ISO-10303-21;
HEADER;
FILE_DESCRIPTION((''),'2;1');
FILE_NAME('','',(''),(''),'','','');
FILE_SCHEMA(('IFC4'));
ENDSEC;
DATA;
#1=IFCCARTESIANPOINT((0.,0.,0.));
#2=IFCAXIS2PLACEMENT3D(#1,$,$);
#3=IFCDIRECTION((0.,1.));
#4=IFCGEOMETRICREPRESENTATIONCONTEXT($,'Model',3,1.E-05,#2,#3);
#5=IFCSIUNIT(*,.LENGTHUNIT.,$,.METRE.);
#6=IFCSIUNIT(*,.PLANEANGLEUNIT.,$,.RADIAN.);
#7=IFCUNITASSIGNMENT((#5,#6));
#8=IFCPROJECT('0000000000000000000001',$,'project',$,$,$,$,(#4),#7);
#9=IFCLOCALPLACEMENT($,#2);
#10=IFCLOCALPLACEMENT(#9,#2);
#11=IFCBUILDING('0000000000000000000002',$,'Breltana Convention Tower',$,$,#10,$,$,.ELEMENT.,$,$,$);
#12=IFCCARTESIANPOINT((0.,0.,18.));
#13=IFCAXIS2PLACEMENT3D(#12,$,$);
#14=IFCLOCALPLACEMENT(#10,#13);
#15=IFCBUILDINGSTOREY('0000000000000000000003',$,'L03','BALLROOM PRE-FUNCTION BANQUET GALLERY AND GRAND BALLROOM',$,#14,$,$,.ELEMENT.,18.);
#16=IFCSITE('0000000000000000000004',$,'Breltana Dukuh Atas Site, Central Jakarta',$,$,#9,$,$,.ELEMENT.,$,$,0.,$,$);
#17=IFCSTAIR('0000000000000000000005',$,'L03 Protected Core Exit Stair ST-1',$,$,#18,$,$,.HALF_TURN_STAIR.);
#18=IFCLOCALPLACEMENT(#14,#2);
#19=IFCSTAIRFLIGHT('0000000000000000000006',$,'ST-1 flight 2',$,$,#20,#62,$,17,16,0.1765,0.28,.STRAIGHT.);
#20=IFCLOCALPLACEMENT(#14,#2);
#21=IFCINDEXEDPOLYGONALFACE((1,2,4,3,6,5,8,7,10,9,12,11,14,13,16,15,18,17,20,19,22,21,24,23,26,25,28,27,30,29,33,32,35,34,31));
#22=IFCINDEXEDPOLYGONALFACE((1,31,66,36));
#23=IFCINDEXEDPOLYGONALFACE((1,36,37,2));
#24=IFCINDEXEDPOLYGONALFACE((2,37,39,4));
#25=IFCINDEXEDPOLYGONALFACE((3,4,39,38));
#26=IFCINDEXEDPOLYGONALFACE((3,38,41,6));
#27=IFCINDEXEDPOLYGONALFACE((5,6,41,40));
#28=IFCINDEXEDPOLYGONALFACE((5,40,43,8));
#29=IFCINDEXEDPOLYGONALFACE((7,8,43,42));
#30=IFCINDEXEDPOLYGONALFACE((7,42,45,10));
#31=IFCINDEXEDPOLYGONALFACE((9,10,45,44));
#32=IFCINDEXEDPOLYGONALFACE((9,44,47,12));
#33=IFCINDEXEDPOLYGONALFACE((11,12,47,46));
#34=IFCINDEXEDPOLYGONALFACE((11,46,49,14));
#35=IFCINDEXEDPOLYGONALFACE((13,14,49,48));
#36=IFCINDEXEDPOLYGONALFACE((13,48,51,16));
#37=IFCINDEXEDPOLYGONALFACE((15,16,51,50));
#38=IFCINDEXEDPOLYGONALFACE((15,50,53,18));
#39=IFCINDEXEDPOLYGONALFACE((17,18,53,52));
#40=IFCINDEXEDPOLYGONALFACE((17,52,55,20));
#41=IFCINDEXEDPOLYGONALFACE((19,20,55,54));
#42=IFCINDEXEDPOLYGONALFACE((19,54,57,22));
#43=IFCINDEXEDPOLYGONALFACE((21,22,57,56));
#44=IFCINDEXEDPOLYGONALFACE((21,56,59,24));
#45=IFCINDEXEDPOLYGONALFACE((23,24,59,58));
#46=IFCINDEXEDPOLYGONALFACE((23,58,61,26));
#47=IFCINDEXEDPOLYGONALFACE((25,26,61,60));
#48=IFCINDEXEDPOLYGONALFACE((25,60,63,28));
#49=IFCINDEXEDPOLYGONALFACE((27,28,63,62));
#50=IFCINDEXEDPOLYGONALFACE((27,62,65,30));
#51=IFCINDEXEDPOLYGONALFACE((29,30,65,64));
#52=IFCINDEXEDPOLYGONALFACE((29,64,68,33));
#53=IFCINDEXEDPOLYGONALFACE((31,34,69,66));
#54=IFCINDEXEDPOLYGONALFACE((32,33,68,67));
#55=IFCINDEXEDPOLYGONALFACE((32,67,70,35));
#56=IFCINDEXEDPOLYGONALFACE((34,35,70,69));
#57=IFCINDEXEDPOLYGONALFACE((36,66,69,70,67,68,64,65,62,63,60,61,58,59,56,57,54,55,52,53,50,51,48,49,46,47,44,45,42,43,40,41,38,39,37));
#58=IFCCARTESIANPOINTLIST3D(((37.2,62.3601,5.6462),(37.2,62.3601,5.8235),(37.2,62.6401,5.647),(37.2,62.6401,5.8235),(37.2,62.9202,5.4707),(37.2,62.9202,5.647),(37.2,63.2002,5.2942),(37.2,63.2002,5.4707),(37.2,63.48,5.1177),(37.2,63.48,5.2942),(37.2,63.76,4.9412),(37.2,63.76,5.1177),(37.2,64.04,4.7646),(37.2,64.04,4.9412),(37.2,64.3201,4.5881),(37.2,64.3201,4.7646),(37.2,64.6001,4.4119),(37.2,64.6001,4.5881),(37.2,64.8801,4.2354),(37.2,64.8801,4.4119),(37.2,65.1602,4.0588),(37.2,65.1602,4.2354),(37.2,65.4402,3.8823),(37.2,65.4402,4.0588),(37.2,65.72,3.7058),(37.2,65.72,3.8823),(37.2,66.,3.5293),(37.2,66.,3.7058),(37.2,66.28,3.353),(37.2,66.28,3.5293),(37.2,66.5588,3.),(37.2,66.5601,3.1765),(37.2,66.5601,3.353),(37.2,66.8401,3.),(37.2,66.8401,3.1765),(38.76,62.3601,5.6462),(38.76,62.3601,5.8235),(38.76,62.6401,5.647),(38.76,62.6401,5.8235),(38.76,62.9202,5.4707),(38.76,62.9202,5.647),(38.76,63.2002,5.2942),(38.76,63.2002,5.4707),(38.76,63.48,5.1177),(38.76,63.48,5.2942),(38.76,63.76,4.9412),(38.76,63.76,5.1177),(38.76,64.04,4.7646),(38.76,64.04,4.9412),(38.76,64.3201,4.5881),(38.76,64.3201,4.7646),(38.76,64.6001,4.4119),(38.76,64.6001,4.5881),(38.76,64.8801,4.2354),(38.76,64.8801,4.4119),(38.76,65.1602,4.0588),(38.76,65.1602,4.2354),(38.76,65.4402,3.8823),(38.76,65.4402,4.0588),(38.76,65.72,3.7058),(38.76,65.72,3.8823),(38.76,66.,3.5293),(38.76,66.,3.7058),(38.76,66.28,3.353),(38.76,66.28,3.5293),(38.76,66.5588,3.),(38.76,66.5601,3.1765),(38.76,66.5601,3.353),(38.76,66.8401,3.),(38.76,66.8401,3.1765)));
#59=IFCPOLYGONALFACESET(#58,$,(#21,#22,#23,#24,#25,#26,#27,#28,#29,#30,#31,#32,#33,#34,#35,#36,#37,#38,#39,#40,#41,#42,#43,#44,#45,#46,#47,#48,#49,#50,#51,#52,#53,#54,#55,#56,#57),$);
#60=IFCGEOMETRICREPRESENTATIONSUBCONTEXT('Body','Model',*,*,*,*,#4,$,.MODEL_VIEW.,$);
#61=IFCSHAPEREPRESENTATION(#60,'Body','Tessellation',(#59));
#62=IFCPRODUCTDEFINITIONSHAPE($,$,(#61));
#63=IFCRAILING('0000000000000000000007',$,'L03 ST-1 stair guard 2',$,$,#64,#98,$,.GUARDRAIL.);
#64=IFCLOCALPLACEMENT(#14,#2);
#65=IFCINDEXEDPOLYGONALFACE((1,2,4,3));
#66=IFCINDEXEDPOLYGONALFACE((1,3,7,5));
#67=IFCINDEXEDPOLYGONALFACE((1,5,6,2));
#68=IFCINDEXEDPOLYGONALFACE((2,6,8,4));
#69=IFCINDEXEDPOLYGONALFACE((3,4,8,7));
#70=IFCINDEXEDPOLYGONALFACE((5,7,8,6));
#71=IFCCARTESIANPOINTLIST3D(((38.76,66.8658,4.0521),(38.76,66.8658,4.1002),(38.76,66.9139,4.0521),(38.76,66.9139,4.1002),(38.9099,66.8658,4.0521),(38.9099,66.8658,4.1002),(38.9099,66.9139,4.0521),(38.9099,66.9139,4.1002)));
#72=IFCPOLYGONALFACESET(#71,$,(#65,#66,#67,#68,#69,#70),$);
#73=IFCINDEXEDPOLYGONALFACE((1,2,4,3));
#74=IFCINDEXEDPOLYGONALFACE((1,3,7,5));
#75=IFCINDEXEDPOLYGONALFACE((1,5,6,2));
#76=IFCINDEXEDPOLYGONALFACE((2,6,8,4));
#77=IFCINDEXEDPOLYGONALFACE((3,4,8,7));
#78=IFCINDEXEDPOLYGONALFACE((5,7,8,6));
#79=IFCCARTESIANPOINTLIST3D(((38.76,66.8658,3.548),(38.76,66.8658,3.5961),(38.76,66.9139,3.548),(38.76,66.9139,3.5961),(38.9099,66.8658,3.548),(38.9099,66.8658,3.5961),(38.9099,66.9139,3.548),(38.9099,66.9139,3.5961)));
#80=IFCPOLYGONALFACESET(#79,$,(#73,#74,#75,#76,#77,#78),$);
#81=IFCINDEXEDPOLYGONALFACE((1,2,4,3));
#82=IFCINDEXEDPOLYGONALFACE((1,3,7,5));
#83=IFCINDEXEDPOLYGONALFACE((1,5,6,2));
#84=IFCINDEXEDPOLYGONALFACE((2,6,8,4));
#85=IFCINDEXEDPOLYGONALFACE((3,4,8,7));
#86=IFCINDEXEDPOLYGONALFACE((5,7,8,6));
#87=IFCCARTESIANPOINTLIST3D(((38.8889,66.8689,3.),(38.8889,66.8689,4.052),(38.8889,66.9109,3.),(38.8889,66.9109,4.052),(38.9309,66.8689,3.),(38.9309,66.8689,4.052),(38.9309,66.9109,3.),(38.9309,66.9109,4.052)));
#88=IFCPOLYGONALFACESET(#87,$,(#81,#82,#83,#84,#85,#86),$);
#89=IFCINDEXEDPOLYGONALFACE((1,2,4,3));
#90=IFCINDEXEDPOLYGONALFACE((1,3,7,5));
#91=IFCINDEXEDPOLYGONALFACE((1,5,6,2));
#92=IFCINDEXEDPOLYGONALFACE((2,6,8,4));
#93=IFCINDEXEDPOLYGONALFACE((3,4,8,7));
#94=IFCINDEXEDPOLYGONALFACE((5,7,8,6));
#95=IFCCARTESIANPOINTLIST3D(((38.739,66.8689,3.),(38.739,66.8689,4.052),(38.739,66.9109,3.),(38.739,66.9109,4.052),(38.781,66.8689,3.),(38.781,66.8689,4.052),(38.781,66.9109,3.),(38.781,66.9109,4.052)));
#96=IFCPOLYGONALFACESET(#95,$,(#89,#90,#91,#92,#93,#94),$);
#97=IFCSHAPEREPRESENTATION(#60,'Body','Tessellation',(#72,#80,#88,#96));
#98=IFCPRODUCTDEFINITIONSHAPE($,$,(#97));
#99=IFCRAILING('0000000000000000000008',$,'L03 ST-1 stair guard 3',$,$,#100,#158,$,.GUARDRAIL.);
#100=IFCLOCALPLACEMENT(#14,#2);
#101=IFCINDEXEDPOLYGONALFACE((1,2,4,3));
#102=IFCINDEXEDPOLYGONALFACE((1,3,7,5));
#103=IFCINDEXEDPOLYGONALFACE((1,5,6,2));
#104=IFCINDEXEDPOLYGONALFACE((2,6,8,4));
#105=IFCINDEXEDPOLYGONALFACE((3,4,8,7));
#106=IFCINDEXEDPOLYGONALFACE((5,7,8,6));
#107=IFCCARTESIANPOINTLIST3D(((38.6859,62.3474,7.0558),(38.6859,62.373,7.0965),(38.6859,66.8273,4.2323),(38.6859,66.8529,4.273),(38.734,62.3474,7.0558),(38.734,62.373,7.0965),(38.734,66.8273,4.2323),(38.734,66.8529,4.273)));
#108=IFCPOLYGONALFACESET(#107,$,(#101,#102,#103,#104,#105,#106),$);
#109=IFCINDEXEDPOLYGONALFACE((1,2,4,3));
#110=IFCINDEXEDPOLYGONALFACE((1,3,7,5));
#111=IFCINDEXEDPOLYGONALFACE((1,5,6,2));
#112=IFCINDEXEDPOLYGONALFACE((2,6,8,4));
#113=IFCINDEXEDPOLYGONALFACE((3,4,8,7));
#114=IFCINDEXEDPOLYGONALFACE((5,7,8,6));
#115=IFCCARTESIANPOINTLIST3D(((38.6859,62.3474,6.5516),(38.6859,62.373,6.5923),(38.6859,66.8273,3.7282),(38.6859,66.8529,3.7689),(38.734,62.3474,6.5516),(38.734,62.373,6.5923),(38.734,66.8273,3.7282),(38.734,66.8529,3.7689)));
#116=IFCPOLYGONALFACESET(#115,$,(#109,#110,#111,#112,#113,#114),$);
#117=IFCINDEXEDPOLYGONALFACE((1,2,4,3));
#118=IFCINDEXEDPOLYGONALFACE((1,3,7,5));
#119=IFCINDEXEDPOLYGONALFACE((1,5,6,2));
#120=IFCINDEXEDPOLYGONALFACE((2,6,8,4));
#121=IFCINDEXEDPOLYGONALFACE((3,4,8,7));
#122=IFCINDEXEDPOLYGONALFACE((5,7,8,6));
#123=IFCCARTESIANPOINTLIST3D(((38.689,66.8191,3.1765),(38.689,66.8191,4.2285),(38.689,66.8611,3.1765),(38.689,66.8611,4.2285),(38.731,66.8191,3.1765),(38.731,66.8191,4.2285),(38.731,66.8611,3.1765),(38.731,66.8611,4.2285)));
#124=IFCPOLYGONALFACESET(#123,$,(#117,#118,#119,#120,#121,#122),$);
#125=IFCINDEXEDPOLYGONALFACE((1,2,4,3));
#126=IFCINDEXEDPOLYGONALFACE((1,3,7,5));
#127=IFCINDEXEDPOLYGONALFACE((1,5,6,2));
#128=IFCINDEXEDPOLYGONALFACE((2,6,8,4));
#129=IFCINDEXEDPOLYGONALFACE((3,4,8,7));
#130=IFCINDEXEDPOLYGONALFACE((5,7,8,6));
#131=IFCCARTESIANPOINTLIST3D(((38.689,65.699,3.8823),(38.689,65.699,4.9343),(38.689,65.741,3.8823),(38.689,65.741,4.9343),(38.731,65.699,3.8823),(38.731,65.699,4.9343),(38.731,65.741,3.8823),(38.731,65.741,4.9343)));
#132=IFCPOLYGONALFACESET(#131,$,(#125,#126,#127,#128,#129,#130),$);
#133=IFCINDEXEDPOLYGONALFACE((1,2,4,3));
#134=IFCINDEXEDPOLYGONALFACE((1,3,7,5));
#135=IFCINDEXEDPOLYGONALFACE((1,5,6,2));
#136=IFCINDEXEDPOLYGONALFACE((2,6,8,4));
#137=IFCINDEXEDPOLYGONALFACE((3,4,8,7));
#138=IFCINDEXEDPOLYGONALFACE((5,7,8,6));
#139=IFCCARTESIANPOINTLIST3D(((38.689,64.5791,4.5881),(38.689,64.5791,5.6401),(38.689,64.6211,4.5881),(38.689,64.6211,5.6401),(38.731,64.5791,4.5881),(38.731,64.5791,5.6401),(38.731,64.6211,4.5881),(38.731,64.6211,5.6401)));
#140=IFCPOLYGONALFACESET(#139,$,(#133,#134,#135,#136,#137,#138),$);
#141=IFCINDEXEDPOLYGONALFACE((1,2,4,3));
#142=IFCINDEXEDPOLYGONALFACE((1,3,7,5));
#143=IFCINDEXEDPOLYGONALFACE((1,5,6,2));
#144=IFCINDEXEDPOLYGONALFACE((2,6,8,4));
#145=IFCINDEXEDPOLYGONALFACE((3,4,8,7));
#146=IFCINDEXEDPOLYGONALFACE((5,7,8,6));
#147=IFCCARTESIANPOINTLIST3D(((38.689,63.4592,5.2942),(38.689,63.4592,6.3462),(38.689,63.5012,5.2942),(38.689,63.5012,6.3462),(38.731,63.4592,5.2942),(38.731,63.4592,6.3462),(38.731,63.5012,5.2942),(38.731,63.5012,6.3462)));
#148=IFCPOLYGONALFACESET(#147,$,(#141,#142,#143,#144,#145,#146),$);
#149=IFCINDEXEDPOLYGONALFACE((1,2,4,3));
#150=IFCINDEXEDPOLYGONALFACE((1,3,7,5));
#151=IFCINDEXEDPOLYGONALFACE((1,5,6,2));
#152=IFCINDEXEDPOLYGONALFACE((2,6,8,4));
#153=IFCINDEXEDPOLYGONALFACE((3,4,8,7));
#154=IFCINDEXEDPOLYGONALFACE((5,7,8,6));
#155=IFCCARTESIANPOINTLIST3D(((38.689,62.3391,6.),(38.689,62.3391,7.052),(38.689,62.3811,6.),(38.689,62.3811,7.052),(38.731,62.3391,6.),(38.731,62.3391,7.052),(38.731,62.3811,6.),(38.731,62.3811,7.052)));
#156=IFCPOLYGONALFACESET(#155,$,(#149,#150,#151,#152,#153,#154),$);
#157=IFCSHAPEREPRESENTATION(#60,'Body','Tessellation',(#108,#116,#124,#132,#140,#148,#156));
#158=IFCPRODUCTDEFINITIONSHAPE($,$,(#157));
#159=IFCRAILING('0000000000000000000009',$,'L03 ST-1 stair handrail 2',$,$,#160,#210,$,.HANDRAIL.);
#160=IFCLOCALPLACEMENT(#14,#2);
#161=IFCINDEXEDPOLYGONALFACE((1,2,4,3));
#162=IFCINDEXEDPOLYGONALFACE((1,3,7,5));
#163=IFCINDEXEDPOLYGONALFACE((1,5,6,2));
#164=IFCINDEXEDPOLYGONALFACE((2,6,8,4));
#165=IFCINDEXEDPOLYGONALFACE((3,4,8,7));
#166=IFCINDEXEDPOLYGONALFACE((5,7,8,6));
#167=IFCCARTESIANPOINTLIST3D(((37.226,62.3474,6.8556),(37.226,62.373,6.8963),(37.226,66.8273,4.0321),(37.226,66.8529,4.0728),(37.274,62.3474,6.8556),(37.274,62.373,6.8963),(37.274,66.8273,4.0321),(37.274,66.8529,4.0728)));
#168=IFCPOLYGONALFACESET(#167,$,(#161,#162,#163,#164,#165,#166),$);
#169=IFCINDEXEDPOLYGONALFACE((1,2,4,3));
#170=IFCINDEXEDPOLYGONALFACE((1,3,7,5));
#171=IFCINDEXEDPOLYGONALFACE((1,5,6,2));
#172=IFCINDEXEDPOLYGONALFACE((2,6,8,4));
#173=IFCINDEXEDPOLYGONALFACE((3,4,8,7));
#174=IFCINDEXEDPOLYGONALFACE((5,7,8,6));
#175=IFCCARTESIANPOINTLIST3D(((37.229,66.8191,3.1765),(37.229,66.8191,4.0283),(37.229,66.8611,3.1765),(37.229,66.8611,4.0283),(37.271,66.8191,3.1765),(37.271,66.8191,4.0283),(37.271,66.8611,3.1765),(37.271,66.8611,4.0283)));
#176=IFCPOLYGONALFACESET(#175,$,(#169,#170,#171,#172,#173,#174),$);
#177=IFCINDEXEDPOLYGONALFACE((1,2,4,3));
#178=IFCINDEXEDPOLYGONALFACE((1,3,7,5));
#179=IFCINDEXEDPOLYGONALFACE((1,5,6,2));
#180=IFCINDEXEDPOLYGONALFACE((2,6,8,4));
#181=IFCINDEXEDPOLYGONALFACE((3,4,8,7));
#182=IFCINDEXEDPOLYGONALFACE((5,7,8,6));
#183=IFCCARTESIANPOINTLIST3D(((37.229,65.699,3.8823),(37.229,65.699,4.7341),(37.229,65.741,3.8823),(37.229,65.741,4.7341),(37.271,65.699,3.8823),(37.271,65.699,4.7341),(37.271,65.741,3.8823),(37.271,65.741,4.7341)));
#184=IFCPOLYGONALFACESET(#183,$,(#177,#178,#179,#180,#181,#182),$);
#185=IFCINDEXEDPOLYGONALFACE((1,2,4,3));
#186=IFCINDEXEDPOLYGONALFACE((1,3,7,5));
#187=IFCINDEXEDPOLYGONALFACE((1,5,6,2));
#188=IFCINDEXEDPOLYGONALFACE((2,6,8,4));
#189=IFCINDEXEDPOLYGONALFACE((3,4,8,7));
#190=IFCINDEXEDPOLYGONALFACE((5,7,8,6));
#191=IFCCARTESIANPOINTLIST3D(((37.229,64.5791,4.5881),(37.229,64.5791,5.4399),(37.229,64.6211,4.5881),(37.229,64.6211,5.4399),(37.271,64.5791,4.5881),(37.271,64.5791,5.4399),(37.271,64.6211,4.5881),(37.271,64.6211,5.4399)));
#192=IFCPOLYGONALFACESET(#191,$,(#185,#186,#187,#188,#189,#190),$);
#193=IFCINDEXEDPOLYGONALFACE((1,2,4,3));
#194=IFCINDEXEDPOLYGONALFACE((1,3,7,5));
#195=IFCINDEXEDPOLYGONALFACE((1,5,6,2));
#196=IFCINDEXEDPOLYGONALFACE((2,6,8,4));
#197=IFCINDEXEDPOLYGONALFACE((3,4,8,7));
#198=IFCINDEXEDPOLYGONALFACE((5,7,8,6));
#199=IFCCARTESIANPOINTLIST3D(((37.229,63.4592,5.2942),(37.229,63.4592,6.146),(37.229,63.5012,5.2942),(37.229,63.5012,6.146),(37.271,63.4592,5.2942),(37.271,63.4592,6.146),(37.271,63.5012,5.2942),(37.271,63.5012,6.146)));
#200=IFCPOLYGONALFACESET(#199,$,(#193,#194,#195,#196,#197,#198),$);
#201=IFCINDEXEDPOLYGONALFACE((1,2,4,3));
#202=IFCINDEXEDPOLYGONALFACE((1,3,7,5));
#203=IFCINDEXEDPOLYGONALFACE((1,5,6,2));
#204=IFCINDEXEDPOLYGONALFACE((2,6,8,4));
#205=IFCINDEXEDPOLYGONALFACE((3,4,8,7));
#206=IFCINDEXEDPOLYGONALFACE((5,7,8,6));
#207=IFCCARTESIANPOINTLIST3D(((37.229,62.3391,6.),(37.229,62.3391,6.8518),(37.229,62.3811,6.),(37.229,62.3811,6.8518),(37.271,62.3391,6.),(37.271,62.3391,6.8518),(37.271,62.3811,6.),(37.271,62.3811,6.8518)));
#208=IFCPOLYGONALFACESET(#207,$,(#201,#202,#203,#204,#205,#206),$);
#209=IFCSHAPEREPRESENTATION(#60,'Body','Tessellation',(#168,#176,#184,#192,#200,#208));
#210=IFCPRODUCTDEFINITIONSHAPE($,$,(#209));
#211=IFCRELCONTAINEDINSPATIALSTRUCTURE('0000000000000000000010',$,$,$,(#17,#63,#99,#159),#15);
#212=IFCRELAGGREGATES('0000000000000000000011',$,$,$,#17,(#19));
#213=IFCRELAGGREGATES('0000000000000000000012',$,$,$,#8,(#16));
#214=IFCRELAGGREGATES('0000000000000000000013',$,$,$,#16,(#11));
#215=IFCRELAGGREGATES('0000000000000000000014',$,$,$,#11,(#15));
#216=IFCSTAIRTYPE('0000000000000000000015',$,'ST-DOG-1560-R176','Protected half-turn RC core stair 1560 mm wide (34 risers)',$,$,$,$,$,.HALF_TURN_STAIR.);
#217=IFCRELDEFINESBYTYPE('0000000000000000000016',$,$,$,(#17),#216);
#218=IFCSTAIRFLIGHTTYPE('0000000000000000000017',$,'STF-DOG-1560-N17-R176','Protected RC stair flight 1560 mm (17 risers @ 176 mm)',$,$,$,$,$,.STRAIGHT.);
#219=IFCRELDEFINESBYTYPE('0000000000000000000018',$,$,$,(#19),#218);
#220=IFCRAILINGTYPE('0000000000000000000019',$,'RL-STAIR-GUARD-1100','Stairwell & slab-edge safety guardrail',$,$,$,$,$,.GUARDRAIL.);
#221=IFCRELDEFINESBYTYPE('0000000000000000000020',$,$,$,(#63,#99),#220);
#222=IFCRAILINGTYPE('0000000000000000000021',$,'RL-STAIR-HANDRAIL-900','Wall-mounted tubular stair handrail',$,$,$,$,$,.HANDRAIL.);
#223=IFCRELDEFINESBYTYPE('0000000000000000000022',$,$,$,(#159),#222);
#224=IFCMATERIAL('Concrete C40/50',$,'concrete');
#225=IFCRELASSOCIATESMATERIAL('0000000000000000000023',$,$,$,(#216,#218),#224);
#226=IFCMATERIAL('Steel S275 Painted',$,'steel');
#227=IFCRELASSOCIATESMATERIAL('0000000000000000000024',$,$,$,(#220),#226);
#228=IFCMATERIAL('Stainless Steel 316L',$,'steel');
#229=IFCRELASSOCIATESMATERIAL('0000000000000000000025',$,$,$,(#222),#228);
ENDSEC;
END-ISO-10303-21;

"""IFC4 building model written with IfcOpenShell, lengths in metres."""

from ifc_helpers import new_model, si_unit, direction, frame, origin, origin_2d, place, context, subcontext, project, spatial, polyline, rectangle, outline, extrude, material, type_object, element, aggregate, save


model = new_model("IFC4")

# Units and contexts
model_context = context("Model", 3, precision=1e-05, world=origin(), true_north=direction((0.0, 1.0)))
body_context = subcontext(model_context, "Body", "Model", "MODEL_VIEW")
ifc_project = project(units=[si_unit("LENGTHUNIT", "METRE"), si_unit("PLANEANGLEUNIT", "RADIAN")], contexts=[model_context])

# Site, building, storey
site_placement = place(None, origin())
site = spatial("IfcSite", under=ifc_project, at=site_placement, Name="Breltana Dukuh Atas Site, Central Jakarta", CompositionType="ELEMENT", RefElevation=0.0)
building_placement = place(site_placement, origin())
building = spatial("IfcBuilding", under=site, at=building_placement, Name="Breltana Convention Tower", CompositionType="ELEMENT")
storey_placement = place(building_placement, frame((0.0, 0.0, 18.0)))
storey = spatial("IfcBuildingStorey", under=building, at=storey_placement, Name="L03", Description="BALLROOM PRE-FUNCTION BANQUET GALLERY AND GRAND BALLROOM", CompositionType="ELEMENT", Elevation=18.0)

# Stair, stair flight
ifc_material_1 = material(Name="Concrete C40/50", Category="concrete")
stair_type = type_object("IfcStairType", Name="ST-DOG-1560-R176", Description="Protected half-turn RC core stair 1560 mm wide (34 risers)", PredefinedType="HALF_TURN_STAIR", material=ifc_material_1)
stair_placement = place(storey_placement, origin())
stair = element("IfcStair", 1, at=stair_placement, inside=storey, type_object=stair_type, Name="L03 Protected Core Exit Stair ST-1", PredefinedType="HALF_TURN_STAIR")
stair_flight_type = type_object("IfcStairFlightType", Name="STF-DOG-1560-N17-R176", Description="Protected RC stair flight 1560 mm (17 risers @ 176 mm)", PredefinedType="STRAIGHT", material=ifc_material_1)
stair_flight_placement = place(storey_placement, frame((37.98, 66.8401, 3.0), z_axis=(0.0, 0.0, 1.0), x_axis=(0.0, -1.0, 0.0)))
stair_flight = element("IfcStairFlight", 2, at=stair_flight_placement, type_object=stair_flight_type, Name="ST-1 flight 2", NumberOfRisers=17, NumberOfTreads=16, PredefinedType="STRAIGHT", RiserHeight=0.1765, TreadLength=0.28, context=body_context, shape_type="SweptSolid", body=[
    extrude(outline(polyline([(0.0, 0.0), (0.0, 0.1765), (0.28, 0.1765), (0.28, 0.353), (0.5601, 0.353), (0.5601, 0.5293), (0.8401, 0.5293), (0.8401, 0.7058), (1.1201, 0.7058), (1.1201, 0.8823), (1.3999, 0.8823), (1.3999, 1.0588), (1.6799, 1.0588), (1.6799, 1.2354), (1.96, 1.2354), (1.96, 1.4119), (2.24, 1.4119), (2.24, 1.5881), (2.52, 1.5881), (2.52, 1.7646), (2.8, 1.7646), (2.8, 1.9412), (3.0801, 1.9412), (3.0801, 2.1177), (3.3601, 2.1177), (3.3601, 2.2942), (3.6399, 2.2942), (3.6399, 2.4707), (3.9199, 2.4707), (3.9199, 2.647), (4.2, 2.647), (4.2, 2.8235), (4.48, 2.8235), (4.48, 3.0), (4.48, 2.6462), (0.2812, 0.0), (0.0, 0.0)])), frame((0.0, 0.78, 0.0), z_axis=(0.0, -1.0, 0.0), x_axis=(1.0, 0.0, 0.0)), (0.0, 0.0, 1.0), 1.5601),
])
aggregate(stair, [stair_flight])

# Railings
ifc_material_2 = material(Name="Steel S275 Painted", Category="steel")
railing_type_1 = type_object("IfcRailingType", Name="RL-STAIR-GUARD-1100", Description="Stairwell & slab-edge safety guardrail", PredefinedType="GUARDRAIL", material=ifc_material_2)
railing_1_placement = place(storey_placement, frame((38.9099, 66.8899, 3.0)))
element("IfcRailing", 3, at=railing_1_placement, inside=storey, type_object=railing_type_1, Name="L03 ST-1 stair guard 2", PredefinedType="GUARDRAIL", context=body_context, shape_type="SweptSolid", body=[
    extrude(rectangle(XDim=0.0481, YDim=0.0481, at=origin_2d()), frame((0.0, 0.0, 1.0762), z_axis=(-1.0, 0.0, 0.0), x_axis=(0.0, -1.0, 0.0)), (0.0, 0.0, 1.0), 0.1499),
    extrude(rectangle(XDim=0.0481, YDim=0.0481, at=origin_2d()), frame((0.0, 0.0, 0.572), z_axis=(-1.0, 0.0, 0.0), x_axis=(0.0, -1.0, 0.0)), (0.0, 0.0, 1.0), 0.1499),
    extrude(rectangle(XDim=0.042, YDim=0.042, at=origin_2d()), origin(), (0.0, 0.0, 1.0), 1.052),
    extrude(rectangle(XDim=0.042, YDim=0.042, at=origin_2d()), frame((-0.1499, 0.0, 0.0)), (0.0, 0.0, 1.0), 1.052),
])
railing_2_placement = place(storey_placement, frame((38.71, 66.8401, 3.1765)))
element("IfcRailing", 4, at=railing_2_placement, inside=storey, type_object=railing_type_1, Name="L03 ST-1 stair guard 3", PredefinedType="GUARDRAIL", context=body_context, shape_type="SweptSolid", body=[
    extrude(rectangle(XDim=0.0481, YDim=0.0481, at=origin_2d()), frame((0.0, 0.0, 1.0762), z_axis=(0.0, -0.845998, 0.533186), x_axis=(1.0, 0.0, 0.0)), (0.0, 0.0, 1.0), 5.2954),
    extrude(rectangle(XDim=0.0481, YDim=0.0481, at=origin_2d()), frame((0.0, 0.0, 0.572), z_axis=(0.0, -0.845998, 0.533186), x_axis=(1.0, 0.0, 0.0)), (0.0, 0.0, 1.0), 5.2954),
    extrude(rectangle(XDim=0.042, YDim=0.042, at=origin_2d()), origin(), (0.0, 0.0, 1.0), 1.052),
    extrude(rectangle(XDim=0.042, YDim=0.042, at=origin_2d()), frame((0.0, -1.1201, 0.7058)), (0.0, 0.0, 1.0), 1.052),
    extrude(rectangle(XDim=0.042, YDim=0.042, at=origin_2d()), frame((0.0, -2.24, 1.4116)), (0.0, 0.0, 1.0), 1.052),
    extrude(rectangle(XDim=0.042, YDim=0.042, at=origin_2d()), frame((0.0, -3.3599, 2.1177)), (0.0, 0.0, 1.0), 1.052),
    extrude(rectangle(XDim=0.042, YDim=0.042, at=origin_2d()), frame((0.0, -4.48, 2.8235)), (0.0, 0.0, 1.0), 1.052),
])
ifc_material_3 = material(Name="Stainless Steel 316L", Category="steel")
railing_type_2 = type_object("IfcRailingType", Name="RL-STAIR-HANDRAIL-900", Description="Wall-mounted tubular stair handrail", PredefinedType="HANDRAIL", material=ifc_material_3)
railing_3_placement = place(storey_placement, frame((37.25, 66.8401, 3.1765)))
element("IfcRailing", 5, at=railing_3_placement, inside=storey, type_object=railing_type_2, Name="L03 ST-1 stair handrail 2", PredefinedType="HANDRAIL", context=body_context, shape_type="SweptSolid", body=[
    extrude(rectangle(XDim=0.0481, YDim=0.0481, at=origin_2d()), frame((0.0, 0.0, 0.876), z_axis=(0.0, -0.845998, 0.533186), x_axis=(1.0, 0.0, 0.0)), (0.0, 0.0, 1.0), 5.2954),
    extrude(rectangle(XDim=0.042, YDim=0.042, at=origin_2d()), origin(), (0.0, 0.0, 1.0), 0.8518),
    extrude(rectangle(XDim=0.042, YDim=0.042, at=origin_2d()), frame((0.0, -1.1201, 0.7058)), (0.0, 0.0, 1.0), 0.8518),
    extrude(rectangle(XDim=0.042, YDim=0.042, at=origin_2d()), frame((0.0, -2.24, 1.4116)), (0.0, 0.0, 1.0), 0.8518),
    extrude(rectangle(XDim=0.042, YDim=0.042, at=origin_2d()), frame((0.0, -3.3599, 2.1177)), (0.0, 0.0, 1.0), 0.8518),
    extrude(rectangle(XDim=0.042, YDim=0.042, at=origin_2d()), frame((0.0, -4.48, 2.8235)), (0.0, 0.0, 1.0), 0.8518),
])

save(model, "model.ifc")
